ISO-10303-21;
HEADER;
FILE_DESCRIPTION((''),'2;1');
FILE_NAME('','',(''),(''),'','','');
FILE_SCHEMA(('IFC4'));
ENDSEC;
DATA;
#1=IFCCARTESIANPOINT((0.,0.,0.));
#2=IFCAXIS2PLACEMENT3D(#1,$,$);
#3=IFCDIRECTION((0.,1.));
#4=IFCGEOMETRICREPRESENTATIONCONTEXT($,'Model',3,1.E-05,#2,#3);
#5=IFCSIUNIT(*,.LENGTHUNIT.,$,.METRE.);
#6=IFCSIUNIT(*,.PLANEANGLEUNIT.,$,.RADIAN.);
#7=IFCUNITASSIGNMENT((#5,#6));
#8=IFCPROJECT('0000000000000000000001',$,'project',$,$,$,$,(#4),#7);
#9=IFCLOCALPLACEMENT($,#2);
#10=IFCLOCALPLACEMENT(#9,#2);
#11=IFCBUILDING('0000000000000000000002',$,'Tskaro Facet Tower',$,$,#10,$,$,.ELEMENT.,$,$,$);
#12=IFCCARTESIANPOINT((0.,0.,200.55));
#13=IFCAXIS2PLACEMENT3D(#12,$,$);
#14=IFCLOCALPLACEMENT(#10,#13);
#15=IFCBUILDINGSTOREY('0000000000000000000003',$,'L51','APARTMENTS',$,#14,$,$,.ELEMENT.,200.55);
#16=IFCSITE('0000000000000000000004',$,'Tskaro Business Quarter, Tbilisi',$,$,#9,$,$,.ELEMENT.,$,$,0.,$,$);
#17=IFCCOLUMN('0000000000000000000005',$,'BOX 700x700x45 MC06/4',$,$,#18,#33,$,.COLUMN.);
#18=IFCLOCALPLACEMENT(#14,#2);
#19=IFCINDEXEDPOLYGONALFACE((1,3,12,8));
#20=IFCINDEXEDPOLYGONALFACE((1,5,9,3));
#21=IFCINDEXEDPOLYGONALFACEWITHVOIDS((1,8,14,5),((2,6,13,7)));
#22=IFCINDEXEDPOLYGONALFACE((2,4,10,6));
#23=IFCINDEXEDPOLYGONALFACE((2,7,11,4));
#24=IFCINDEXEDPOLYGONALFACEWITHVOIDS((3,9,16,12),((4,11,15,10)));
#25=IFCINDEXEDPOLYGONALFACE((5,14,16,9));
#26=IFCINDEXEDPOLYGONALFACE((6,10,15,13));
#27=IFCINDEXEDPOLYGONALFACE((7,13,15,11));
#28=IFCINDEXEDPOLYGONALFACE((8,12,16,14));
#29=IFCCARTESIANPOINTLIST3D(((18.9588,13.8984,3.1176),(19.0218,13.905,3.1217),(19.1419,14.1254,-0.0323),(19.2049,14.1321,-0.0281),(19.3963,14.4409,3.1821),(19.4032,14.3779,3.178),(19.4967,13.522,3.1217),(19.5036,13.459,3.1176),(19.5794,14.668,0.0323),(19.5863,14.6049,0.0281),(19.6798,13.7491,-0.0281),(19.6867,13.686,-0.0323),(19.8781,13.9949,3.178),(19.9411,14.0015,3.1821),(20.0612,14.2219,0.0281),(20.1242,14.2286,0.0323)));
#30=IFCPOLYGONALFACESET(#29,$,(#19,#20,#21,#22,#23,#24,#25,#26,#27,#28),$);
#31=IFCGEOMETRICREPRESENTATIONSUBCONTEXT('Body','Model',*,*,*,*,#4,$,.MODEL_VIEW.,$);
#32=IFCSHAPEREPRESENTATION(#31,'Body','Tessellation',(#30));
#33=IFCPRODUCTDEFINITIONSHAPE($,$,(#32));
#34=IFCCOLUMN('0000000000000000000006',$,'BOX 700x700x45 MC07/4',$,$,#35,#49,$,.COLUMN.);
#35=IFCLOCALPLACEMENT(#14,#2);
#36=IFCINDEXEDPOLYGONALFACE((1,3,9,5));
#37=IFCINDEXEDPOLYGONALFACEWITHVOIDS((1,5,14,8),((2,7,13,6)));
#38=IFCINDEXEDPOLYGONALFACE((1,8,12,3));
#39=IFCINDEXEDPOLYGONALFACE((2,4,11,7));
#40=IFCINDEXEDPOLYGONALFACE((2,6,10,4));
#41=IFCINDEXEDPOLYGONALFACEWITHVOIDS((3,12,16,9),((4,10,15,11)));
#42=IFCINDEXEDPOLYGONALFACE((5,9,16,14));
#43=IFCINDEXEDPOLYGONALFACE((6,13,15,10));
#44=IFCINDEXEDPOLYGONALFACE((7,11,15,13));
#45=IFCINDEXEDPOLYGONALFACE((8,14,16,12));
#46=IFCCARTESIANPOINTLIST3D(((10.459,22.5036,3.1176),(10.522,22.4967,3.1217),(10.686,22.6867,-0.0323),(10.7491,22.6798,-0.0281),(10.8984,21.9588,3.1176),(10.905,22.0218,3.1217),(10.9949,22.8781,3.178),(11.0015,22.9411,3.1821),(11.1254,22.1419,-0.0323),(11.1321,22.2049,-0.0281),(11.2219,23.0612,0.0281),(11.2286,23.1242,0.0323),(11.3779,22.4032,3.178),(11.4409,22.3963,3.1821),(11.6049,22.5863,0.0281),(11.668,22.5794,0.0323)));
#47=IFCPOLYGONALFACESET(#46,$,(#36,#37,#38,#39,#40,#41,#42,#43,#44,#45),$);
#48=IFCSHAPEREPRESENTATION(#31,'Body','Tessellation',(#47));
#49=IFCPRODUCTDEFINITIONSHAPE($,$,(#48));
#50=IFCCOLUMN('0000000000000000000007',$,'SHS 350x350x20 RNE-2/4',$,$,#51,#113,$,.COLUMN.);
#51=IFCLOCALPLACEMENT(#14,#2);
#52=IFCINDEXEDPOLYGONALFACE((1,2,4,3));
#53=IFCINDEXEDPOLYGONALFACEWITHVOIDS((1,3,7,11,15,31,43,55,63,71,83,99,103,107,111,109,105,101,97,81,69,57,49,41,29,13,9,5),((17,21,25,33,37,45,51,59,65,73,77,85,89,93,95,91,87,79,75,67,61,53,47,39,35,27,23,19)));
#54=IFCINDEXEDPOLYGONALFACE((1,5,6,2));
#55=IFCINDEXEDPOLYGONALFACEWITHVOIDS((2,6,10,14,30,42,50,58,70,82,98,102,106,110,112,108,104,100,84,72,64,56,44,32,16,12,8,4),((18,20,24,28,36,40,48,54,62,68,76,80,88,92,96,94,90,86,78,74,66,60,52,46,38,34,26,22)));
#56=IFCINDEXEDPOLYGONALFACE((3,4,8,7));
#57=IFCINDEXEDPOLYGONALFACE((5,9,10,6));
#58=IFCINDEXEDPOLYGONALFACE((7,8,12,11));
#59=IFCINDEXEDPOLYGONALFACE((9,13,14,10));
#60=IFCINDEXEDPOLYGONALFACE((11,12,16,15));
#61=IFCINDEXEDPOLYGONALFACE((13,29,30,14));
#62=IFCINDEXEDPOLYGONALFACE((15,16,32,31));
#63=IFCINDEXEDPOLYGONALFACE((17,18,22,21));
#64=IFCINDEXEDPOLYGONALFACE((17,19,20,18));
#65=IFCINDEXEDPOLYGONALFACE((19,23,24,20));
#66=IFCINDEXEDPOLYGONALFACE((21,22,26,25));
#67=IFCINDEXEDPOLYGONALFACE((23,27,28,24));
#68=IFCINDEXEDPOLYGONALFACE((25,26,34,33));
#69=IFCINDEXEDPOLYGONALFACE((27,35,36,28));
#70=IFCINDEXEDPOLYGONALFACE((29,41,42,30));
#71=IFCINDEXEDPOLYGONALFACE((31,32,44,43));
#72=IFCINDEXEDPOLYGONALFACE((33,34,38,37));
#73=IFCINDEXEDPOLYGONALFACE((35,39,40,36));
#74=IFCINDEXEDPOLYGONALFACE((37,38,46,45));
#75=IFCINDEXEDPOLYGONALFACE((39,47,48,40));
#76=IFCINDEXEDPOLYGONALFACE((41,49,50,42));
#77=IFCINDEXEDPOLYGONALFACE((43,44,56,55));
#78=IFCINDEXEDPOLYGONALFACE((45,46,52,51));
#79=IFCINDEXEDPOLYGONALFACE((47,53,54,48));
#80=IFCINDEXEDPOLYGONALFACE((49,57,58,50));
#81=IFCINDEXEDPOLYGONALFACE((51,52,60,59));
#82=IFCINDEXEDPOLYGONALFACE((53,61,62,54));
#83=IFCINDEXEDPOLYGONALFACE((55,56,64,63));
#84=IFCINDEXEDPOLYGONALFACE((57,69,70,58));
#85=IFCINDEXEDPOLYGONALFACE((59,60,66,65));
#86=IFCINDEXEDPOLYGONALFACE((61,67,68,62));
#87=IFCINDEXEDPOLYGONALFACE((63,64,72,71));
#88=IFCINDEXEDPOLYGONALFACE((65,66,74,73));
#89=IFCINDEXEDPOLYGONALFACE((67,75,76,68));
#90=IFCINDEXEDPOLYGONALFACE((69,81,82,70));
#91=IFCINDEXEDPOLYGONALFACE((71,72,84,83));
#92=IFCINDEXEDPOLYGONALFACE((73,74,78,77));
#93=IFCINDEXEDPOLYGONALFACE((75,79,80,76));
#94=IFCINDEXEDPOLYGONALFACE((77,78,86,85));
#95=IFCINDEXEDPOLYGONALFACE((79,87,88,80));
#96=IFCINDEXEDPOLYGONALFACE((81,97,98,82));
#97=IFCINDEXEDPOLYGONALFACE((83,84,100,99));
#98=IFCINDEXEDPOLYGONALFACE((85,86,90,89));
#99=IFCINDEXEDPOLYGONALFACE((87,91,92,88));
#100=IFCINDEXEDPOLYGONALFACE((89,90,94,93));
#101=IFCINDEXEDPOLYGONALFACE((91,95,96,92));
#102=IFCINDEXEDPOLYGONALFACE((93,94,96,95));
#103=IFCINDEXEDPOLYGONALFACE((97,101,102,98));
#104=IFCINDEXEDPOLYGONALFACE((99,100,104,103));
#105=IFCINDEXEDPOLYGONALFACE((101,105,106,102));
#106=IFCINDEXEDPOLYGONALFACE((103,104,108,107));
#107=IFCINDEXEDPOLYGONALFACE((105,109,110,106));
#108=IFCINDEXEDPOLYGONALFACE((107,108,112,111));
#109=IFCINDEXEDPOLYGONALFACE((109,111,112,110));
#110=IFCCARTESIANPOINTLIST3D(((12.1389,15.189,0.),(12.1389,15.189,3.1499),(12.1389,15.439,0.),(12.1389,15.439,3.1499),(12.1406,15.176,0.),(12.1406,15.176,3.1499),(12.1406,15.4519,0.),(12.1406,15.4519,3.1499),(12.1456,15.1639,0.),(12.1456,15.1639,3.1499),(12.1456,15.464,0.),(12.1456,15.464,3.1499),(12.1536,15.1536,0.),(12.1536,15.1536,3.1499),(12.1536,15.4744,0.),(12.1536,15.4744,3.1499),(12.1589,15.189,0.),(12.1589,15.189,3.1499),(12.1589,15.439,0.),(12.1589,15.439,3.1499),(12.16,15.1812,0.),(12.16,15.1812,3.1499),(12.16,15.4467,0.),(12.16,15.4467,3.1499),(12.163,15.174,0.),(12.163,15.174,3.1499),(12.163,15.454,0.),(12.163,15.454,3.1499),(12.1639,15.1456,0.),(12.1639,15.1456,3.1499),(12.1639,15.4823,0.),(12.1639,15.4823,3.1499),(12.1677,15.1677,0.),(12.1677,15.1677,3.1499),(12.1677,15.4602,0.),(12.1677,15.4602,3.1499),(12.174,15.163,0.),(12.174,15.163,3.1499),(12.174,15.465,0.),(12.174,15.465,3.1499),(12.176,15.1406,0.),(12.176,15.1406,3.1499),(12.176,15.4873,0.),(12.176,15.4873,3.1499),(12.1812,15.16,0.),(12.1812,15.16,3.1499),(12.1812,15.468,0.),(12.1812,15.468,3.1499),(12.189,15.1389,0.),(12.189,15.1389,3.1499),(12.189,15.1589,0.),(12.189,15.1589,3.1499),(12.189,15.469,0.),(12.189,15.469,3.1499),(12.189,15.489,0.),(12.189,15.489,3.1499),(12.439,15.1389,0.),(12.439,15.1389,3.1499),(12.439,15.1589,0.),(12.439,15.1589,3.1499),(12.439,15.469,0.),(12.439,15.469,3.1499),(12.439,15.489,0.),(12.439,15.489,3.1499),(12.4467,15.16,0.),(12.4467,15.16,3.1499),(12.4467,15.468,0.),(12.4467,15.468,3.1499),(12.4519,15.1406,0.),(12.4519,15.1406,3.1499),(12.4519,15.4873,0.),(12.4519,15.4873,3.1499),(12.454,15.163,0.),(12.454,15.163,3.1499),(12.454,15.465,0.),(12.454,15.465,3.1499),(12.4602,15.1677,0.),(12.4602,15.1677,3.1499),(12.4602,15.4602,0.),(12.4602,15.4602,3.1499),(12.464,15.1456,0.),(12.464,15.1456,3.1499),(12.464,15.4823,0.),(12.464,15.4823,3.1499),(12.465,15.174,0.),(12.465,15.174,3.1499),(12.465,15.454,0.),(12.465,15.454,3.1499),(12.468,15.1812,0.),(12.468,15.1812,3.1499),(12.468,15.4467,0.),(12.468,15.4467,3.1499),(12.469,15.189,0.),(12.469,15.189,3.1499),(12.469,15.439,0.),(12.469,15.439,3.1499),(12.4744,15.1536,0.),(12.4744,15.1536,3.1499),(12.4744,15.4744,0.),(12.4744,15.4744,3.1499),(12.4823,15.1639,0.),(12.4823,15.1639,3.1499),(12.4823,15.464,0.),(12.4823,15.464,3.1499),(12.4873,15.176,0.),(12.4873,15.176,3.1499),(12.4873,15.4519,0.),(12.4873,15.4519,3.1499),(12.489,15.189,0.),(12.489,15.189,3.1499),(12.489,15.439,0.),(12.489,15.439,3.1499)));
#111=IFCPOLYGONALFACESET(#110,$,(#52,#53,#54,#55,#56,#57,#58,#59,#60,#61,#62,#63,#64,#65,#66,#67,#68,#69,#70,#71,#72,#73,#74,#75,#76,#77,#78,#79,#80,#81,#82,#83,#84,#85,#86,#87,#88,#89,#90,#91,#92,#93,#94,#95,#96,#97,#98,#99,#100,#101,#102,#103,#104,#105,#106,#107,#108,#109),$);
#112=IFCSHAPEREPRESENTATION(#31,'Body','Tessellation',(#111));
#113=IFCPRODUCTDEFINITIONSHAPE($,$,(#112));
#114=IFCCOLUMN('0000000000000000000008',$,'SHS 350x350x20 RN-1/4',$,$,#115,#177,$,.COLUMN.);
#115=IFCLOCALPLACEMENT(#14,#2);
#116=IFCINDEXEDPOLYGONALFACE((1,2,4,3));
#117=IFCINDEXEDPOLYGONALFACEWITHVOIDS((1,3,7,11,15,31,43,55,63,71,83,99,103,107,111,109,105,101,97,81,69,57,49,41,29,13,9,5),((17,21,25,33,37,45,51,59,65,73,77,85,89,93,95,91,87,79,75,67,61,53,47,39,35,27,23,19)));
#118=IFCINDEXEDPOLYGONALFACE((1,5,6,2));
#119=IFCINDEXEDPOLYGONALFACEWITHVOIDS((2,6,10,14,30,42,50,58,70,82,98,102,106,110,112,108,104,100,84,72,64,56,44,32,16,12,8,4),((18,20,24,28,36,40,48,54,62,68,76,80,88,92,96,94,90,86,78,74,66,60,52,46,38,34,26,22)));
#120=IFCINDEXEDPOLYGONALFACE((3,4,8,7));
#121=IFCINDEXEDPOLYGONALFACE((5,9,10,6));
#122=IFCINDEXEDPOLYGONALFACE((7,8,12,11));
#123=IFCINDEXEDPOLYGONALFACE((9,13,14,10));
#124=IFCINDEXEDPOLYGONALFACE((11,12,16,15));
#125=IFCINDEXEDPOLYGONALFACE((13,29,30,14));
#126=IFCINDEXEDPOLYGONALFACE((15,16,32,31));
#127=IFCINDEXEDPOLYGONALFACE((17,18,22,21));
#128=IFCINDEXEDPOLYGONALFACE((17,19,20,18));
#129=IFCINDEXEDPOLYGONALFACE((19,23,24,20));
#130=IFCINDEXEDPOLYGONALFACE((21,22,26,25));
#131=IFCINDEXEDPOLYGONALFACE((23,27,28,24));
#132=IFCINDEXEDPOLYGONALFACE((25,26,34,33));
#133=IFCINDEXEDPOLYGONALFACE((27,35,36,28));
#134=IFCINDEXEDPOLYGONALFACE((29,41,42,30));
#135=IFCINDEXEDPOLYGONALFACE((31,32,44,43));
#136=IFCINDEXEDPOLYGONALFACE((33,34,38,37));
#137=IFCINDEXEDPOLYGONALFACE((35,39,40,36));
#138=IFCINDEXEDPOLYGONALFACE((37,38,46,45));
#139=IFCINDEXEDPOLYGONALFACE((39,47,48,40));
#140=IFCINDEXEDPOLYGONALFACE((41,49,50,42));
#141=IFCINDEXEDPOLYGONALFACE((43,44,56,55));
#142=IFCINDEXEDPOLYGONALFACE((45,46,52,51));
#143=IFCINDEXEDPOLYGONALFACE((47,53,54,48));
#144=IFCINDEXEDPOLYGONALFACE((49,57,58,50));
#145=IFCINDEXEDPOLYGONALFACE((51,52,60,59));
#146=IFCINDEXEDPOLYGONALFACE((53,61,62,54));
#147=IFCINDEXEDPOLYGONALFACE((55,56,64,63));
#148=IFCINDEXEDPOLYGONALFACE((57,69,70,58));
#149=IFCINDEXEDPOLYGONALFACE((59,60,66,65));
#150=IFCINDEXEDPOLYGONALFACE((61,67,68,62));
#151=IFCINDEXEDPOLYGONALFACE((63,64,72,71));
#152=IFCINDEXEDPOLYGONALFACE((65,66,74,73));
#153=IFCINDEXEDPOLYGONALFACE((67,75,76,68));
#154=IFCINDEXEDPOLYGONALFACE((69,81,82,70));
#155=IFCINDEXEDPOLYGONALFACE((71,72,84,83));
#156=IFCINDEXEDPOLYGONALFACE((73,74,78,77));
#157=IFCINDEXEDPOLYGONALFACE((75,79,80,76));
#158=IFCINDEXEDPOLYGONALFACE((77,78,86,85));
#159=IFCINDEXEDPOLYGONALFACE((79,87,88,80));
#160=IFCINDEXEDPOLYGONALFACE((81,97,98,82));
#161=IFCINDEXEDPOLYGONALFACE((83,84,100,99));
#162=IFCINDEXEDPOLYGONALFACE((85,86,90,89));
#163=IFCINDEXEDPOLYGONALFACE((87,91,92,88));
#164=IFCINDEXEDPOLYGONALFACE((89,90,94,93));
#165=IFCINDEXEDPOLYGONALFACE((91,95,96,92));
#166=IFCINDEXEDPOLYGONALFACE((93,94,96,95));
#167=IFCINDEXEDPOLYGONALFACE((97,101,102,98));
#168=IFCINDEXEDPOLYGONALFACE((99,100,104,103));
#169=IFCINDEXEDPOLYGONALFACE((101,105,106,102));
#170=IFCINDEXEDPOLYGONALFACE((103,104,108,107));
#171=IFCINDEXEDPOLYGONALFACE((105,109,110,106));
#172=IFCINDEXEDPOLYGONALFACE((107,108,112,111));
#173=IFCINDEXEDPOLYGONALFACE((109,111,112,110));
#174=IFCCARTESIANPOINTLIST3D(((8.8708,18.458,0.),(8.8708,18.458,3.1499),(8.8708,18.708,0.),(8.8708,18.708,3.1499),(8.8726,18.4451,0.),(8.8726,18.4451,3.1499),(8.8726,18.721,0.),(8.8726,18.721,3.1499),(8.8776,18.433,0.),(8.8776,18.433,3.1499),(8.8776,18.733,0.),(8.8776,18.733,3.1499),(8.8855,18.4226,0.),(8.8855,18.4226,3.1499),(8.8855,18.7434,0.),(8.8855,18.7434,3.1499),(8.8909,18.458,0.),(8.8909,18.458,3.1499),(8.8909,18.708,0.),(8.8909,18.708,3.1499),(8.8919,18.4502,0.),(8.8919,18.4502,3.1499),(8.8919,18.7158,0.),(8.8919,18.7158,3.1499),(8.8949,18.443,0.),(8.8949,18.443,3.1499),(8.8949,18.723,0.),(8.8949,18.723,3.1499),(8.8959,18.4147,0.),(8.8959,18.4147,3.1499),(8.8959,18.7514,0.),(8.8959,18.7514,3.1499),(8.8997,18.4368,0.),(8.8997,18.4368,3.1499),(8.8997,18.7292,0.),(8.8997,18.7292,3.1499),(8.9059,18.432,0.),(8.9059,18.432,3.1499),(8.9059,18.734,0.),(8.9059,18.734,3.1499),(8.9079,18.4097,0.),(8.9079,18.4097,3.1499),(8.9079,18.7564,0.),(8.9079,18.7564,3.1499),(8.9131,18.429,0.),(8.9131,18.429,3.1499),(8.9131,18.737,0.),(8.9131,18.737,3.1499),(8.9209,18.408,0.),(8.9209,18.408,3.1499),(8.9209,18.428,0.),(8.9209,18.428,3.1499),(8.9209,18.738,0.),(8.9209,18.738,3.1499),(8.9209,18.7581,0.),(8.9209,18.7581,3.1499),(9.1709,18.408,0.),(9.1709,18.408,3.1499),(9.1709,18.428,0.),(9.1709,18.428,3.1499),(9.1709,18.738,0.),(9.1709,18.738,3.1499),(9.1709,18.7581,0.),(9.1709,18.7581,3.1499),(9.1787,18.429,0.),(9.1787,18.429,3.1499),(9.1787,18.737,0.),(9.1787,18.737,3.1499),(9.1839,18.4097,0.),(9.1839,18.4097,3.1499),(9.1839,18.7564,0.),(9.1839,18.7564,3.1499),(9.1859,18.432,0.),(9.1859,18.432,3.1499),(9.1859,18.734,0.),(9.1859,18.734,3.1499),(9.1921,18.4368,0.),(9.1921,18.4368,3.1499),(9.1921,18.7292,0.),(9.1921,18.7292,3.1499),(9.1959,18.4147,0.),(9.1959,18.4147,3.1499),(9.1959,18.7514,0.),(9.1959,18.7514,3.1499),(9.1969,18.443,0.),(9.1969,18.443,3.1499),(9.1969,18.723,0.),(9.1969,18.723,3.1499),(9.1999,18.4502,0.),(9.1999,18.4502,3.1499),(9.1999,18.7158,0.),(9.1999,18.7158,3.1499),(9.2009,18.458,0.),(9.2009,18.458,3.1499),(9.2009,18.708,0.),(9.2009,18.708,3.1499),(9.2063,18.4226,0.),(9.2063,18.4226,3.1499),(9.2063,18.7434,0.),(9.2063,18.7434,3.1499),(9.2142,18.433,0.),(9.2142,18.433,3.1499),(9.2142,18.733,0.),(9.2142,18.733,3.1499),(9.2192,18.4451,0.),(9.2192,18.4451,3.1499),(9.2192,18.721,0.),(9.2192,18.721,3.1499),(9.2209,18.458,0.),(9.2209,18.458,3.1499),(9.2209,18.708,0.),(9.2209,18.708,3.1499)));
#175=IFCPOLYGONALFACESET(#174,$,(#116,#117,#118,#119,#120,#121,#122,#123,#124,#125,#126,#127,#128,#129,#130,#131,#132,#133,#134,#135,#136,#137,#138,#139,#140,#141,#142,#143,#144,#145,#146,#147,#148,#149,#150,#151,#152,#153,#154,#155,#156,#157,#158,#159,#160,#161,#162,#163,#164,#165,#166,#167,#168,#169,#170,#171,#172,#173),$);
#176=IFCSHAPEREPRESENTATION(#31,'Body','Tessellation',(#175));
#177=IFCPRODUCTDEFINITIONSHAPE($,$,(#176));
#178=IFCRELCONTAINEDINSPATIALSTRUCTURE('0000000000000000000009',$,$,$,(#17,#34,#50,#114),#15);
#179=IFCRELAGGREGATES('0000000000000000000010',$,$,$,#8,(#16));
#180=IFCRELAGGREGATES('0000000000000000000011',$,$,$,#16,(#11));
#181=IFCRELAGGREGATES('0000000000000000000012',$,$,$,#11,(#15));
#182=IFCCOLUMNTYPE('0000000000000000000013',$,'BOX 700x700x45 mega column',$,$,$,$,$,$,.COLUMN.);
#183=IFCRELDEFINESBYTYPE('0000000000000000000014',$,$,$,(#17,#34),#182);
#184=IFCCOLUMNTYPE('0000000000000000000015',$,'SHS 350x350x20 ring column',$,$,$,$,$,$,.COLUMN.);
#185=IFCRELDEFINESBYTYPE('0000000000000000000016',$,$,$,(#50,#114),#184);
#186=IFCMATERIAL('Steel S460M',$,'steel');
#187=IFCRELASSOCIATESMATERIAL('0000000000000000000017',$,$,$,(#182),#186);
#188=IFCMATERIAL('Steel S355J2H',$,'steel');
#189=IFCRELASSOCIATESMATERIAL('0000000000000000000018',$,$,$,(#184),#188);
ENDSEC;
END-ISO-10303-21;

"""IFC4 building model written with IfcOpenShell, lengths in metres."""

from ifc_helpers import new_model, si_unit, direction, frame, origin, origin_2d, place, context, subcontext, project, spatial, hollow_rectangle, extrude, material, material_profile, profile_set, type_object, element, save


model = new_model("IFC4")

# Units and contexts
model_context = context("Model", 3, precision=1e-05, world=origin(), true_north=direction((0.0, 1.0)))
body_context = subcontext(model_context, "Body", "Model", "MODEL_VIEW")
ifc_project = project(units=[si_unit("LENGTHUNIT", "METRE"), si_unit("PLANEANGLEUNIT", "RADIAN")], contexts=[model_context])

# Site, building, storey
site_placement = place(None, origin())
site = spatial("IfcSite", under=ifc_project, at=site_placement, Name="Tskaro Business Quarter, Tbilisi", CompositionType="ELEMENT", RefElevation=0.0)
building_placement = place(site_placement, origin())
building = spatial("IfcBuilding", under=site, at=building_placement, Name="Tskaro Facet Tower", CompositionType="ELEMENT")
storey_placement = place(building_placement, frame((0.0, 0.0, 200.55)))
storey = spatial("IfcBuildingStorey", under=building, at=storey_placement, Name="L51", Description="APARTMENTS", CompositionType="ELEMENT", Elevation=200.55)

# Columns
ifc_material_1 = material(Name="Steel S460M", Category="steel")
ifc_material_profile_1 = material_profile(ifc_material_1, hollow_rectangle(XDim=0.7, YDim=0.7, WallThickness=0.0449, at=origin_2d()), Name="BOX 700x700x45")
ifc_profile_set_1 = profile_set([ifc_material_profile_1], Name="Steel S460M")
column_type_1 = type_object("IfcColumnType", Name="BOX 700x700x45 mega column", PredefinedType="COLUMN", material=ifc_profile_set_1)
for number, where, z_axis, x_axis, name in (
    (1, (19.6331, 14.177, 0.0), (-0.057883, -0.071775, 0.99574), (0.778413, -0.627752, 0.0), "BOX 700x700x45 MC06/4"),
    (2, (11.177, 22.6331, 0.0), (-0.071775, -0.057883, 0.99574), (0.627752, -0.778413, 0.0), "BOX 700x700x45 MC07/4"),
):
    element("IfcColumn", number, at=place(storey_placement, frame(where, z_axis=z_axis, x_axis=x_axis)), inside=storey, type_object=column_type_1, Name=name, PredefinedType="COLUMN", context=body_context, shape_type="SweptSolid", body=[
        extrude(hollow_rectangle(XDim=0.7, YDim=0.7, WallThickness=0.0449, at=origin_2d()), origin(), (0.0, 0.0, 1.0), 3.1633),
    ])
ifc_material_2 = material(Name="Steel S355J2H", Category="steel")
ifc_material_profile_2 = material_profile(ifc_material_2, hollow_rectangle(XDim=0.3501, YDim=0.3501, WallThickness=0.02, InnerFilletRadius=0.03, OuterFilletRadius=0.05, at=origin_2d()), Name="SHS 350x350x20")
ifc_profile_set_2 = profile_set([ifc_material_profile_2], Name="Steel S355J2H")
column_type_2 = type_object("IfcColumnType", Name="SHS 350x350x20 ring column", PredefinedType="COLUMN", material=ifc_profile_set_2)
for number, where, z_axis, x_axis, name in (
    (3, (12.314, 15.314, 0.0), (0.0, 0.0, 1.0), (1.0, 0.0, 0.0), "SHS 350x350x20 RNE-2/4"),
    (4, (9.0459, 18.583, 0.0), (0.0, 0.0, 1.0), (1.0, 0.0, 0.0), "SHS 350x350x20 RN-1/4"),
):
    element("IfcColumn", number, at=place(storey_placement, frame(where, z_axis=z_axis, x_axis=x_axis)), inside=storey, type_object=column_type_2, Name=name, PredefinedType="COLUMN", context=body_context, shape_type="SweptSolid", body=[
        extrude(hollow_rectangle(XDim=0.3501, YDim=0.3501, WallThickness=0.02, InnerFilletRadius=0.03, OuterFilletRadius=0.05, at=origin_2d()), origin(), (0.0, 0.0, 1.0), 3.1499),
    ])

save(model, "model.ifc")
